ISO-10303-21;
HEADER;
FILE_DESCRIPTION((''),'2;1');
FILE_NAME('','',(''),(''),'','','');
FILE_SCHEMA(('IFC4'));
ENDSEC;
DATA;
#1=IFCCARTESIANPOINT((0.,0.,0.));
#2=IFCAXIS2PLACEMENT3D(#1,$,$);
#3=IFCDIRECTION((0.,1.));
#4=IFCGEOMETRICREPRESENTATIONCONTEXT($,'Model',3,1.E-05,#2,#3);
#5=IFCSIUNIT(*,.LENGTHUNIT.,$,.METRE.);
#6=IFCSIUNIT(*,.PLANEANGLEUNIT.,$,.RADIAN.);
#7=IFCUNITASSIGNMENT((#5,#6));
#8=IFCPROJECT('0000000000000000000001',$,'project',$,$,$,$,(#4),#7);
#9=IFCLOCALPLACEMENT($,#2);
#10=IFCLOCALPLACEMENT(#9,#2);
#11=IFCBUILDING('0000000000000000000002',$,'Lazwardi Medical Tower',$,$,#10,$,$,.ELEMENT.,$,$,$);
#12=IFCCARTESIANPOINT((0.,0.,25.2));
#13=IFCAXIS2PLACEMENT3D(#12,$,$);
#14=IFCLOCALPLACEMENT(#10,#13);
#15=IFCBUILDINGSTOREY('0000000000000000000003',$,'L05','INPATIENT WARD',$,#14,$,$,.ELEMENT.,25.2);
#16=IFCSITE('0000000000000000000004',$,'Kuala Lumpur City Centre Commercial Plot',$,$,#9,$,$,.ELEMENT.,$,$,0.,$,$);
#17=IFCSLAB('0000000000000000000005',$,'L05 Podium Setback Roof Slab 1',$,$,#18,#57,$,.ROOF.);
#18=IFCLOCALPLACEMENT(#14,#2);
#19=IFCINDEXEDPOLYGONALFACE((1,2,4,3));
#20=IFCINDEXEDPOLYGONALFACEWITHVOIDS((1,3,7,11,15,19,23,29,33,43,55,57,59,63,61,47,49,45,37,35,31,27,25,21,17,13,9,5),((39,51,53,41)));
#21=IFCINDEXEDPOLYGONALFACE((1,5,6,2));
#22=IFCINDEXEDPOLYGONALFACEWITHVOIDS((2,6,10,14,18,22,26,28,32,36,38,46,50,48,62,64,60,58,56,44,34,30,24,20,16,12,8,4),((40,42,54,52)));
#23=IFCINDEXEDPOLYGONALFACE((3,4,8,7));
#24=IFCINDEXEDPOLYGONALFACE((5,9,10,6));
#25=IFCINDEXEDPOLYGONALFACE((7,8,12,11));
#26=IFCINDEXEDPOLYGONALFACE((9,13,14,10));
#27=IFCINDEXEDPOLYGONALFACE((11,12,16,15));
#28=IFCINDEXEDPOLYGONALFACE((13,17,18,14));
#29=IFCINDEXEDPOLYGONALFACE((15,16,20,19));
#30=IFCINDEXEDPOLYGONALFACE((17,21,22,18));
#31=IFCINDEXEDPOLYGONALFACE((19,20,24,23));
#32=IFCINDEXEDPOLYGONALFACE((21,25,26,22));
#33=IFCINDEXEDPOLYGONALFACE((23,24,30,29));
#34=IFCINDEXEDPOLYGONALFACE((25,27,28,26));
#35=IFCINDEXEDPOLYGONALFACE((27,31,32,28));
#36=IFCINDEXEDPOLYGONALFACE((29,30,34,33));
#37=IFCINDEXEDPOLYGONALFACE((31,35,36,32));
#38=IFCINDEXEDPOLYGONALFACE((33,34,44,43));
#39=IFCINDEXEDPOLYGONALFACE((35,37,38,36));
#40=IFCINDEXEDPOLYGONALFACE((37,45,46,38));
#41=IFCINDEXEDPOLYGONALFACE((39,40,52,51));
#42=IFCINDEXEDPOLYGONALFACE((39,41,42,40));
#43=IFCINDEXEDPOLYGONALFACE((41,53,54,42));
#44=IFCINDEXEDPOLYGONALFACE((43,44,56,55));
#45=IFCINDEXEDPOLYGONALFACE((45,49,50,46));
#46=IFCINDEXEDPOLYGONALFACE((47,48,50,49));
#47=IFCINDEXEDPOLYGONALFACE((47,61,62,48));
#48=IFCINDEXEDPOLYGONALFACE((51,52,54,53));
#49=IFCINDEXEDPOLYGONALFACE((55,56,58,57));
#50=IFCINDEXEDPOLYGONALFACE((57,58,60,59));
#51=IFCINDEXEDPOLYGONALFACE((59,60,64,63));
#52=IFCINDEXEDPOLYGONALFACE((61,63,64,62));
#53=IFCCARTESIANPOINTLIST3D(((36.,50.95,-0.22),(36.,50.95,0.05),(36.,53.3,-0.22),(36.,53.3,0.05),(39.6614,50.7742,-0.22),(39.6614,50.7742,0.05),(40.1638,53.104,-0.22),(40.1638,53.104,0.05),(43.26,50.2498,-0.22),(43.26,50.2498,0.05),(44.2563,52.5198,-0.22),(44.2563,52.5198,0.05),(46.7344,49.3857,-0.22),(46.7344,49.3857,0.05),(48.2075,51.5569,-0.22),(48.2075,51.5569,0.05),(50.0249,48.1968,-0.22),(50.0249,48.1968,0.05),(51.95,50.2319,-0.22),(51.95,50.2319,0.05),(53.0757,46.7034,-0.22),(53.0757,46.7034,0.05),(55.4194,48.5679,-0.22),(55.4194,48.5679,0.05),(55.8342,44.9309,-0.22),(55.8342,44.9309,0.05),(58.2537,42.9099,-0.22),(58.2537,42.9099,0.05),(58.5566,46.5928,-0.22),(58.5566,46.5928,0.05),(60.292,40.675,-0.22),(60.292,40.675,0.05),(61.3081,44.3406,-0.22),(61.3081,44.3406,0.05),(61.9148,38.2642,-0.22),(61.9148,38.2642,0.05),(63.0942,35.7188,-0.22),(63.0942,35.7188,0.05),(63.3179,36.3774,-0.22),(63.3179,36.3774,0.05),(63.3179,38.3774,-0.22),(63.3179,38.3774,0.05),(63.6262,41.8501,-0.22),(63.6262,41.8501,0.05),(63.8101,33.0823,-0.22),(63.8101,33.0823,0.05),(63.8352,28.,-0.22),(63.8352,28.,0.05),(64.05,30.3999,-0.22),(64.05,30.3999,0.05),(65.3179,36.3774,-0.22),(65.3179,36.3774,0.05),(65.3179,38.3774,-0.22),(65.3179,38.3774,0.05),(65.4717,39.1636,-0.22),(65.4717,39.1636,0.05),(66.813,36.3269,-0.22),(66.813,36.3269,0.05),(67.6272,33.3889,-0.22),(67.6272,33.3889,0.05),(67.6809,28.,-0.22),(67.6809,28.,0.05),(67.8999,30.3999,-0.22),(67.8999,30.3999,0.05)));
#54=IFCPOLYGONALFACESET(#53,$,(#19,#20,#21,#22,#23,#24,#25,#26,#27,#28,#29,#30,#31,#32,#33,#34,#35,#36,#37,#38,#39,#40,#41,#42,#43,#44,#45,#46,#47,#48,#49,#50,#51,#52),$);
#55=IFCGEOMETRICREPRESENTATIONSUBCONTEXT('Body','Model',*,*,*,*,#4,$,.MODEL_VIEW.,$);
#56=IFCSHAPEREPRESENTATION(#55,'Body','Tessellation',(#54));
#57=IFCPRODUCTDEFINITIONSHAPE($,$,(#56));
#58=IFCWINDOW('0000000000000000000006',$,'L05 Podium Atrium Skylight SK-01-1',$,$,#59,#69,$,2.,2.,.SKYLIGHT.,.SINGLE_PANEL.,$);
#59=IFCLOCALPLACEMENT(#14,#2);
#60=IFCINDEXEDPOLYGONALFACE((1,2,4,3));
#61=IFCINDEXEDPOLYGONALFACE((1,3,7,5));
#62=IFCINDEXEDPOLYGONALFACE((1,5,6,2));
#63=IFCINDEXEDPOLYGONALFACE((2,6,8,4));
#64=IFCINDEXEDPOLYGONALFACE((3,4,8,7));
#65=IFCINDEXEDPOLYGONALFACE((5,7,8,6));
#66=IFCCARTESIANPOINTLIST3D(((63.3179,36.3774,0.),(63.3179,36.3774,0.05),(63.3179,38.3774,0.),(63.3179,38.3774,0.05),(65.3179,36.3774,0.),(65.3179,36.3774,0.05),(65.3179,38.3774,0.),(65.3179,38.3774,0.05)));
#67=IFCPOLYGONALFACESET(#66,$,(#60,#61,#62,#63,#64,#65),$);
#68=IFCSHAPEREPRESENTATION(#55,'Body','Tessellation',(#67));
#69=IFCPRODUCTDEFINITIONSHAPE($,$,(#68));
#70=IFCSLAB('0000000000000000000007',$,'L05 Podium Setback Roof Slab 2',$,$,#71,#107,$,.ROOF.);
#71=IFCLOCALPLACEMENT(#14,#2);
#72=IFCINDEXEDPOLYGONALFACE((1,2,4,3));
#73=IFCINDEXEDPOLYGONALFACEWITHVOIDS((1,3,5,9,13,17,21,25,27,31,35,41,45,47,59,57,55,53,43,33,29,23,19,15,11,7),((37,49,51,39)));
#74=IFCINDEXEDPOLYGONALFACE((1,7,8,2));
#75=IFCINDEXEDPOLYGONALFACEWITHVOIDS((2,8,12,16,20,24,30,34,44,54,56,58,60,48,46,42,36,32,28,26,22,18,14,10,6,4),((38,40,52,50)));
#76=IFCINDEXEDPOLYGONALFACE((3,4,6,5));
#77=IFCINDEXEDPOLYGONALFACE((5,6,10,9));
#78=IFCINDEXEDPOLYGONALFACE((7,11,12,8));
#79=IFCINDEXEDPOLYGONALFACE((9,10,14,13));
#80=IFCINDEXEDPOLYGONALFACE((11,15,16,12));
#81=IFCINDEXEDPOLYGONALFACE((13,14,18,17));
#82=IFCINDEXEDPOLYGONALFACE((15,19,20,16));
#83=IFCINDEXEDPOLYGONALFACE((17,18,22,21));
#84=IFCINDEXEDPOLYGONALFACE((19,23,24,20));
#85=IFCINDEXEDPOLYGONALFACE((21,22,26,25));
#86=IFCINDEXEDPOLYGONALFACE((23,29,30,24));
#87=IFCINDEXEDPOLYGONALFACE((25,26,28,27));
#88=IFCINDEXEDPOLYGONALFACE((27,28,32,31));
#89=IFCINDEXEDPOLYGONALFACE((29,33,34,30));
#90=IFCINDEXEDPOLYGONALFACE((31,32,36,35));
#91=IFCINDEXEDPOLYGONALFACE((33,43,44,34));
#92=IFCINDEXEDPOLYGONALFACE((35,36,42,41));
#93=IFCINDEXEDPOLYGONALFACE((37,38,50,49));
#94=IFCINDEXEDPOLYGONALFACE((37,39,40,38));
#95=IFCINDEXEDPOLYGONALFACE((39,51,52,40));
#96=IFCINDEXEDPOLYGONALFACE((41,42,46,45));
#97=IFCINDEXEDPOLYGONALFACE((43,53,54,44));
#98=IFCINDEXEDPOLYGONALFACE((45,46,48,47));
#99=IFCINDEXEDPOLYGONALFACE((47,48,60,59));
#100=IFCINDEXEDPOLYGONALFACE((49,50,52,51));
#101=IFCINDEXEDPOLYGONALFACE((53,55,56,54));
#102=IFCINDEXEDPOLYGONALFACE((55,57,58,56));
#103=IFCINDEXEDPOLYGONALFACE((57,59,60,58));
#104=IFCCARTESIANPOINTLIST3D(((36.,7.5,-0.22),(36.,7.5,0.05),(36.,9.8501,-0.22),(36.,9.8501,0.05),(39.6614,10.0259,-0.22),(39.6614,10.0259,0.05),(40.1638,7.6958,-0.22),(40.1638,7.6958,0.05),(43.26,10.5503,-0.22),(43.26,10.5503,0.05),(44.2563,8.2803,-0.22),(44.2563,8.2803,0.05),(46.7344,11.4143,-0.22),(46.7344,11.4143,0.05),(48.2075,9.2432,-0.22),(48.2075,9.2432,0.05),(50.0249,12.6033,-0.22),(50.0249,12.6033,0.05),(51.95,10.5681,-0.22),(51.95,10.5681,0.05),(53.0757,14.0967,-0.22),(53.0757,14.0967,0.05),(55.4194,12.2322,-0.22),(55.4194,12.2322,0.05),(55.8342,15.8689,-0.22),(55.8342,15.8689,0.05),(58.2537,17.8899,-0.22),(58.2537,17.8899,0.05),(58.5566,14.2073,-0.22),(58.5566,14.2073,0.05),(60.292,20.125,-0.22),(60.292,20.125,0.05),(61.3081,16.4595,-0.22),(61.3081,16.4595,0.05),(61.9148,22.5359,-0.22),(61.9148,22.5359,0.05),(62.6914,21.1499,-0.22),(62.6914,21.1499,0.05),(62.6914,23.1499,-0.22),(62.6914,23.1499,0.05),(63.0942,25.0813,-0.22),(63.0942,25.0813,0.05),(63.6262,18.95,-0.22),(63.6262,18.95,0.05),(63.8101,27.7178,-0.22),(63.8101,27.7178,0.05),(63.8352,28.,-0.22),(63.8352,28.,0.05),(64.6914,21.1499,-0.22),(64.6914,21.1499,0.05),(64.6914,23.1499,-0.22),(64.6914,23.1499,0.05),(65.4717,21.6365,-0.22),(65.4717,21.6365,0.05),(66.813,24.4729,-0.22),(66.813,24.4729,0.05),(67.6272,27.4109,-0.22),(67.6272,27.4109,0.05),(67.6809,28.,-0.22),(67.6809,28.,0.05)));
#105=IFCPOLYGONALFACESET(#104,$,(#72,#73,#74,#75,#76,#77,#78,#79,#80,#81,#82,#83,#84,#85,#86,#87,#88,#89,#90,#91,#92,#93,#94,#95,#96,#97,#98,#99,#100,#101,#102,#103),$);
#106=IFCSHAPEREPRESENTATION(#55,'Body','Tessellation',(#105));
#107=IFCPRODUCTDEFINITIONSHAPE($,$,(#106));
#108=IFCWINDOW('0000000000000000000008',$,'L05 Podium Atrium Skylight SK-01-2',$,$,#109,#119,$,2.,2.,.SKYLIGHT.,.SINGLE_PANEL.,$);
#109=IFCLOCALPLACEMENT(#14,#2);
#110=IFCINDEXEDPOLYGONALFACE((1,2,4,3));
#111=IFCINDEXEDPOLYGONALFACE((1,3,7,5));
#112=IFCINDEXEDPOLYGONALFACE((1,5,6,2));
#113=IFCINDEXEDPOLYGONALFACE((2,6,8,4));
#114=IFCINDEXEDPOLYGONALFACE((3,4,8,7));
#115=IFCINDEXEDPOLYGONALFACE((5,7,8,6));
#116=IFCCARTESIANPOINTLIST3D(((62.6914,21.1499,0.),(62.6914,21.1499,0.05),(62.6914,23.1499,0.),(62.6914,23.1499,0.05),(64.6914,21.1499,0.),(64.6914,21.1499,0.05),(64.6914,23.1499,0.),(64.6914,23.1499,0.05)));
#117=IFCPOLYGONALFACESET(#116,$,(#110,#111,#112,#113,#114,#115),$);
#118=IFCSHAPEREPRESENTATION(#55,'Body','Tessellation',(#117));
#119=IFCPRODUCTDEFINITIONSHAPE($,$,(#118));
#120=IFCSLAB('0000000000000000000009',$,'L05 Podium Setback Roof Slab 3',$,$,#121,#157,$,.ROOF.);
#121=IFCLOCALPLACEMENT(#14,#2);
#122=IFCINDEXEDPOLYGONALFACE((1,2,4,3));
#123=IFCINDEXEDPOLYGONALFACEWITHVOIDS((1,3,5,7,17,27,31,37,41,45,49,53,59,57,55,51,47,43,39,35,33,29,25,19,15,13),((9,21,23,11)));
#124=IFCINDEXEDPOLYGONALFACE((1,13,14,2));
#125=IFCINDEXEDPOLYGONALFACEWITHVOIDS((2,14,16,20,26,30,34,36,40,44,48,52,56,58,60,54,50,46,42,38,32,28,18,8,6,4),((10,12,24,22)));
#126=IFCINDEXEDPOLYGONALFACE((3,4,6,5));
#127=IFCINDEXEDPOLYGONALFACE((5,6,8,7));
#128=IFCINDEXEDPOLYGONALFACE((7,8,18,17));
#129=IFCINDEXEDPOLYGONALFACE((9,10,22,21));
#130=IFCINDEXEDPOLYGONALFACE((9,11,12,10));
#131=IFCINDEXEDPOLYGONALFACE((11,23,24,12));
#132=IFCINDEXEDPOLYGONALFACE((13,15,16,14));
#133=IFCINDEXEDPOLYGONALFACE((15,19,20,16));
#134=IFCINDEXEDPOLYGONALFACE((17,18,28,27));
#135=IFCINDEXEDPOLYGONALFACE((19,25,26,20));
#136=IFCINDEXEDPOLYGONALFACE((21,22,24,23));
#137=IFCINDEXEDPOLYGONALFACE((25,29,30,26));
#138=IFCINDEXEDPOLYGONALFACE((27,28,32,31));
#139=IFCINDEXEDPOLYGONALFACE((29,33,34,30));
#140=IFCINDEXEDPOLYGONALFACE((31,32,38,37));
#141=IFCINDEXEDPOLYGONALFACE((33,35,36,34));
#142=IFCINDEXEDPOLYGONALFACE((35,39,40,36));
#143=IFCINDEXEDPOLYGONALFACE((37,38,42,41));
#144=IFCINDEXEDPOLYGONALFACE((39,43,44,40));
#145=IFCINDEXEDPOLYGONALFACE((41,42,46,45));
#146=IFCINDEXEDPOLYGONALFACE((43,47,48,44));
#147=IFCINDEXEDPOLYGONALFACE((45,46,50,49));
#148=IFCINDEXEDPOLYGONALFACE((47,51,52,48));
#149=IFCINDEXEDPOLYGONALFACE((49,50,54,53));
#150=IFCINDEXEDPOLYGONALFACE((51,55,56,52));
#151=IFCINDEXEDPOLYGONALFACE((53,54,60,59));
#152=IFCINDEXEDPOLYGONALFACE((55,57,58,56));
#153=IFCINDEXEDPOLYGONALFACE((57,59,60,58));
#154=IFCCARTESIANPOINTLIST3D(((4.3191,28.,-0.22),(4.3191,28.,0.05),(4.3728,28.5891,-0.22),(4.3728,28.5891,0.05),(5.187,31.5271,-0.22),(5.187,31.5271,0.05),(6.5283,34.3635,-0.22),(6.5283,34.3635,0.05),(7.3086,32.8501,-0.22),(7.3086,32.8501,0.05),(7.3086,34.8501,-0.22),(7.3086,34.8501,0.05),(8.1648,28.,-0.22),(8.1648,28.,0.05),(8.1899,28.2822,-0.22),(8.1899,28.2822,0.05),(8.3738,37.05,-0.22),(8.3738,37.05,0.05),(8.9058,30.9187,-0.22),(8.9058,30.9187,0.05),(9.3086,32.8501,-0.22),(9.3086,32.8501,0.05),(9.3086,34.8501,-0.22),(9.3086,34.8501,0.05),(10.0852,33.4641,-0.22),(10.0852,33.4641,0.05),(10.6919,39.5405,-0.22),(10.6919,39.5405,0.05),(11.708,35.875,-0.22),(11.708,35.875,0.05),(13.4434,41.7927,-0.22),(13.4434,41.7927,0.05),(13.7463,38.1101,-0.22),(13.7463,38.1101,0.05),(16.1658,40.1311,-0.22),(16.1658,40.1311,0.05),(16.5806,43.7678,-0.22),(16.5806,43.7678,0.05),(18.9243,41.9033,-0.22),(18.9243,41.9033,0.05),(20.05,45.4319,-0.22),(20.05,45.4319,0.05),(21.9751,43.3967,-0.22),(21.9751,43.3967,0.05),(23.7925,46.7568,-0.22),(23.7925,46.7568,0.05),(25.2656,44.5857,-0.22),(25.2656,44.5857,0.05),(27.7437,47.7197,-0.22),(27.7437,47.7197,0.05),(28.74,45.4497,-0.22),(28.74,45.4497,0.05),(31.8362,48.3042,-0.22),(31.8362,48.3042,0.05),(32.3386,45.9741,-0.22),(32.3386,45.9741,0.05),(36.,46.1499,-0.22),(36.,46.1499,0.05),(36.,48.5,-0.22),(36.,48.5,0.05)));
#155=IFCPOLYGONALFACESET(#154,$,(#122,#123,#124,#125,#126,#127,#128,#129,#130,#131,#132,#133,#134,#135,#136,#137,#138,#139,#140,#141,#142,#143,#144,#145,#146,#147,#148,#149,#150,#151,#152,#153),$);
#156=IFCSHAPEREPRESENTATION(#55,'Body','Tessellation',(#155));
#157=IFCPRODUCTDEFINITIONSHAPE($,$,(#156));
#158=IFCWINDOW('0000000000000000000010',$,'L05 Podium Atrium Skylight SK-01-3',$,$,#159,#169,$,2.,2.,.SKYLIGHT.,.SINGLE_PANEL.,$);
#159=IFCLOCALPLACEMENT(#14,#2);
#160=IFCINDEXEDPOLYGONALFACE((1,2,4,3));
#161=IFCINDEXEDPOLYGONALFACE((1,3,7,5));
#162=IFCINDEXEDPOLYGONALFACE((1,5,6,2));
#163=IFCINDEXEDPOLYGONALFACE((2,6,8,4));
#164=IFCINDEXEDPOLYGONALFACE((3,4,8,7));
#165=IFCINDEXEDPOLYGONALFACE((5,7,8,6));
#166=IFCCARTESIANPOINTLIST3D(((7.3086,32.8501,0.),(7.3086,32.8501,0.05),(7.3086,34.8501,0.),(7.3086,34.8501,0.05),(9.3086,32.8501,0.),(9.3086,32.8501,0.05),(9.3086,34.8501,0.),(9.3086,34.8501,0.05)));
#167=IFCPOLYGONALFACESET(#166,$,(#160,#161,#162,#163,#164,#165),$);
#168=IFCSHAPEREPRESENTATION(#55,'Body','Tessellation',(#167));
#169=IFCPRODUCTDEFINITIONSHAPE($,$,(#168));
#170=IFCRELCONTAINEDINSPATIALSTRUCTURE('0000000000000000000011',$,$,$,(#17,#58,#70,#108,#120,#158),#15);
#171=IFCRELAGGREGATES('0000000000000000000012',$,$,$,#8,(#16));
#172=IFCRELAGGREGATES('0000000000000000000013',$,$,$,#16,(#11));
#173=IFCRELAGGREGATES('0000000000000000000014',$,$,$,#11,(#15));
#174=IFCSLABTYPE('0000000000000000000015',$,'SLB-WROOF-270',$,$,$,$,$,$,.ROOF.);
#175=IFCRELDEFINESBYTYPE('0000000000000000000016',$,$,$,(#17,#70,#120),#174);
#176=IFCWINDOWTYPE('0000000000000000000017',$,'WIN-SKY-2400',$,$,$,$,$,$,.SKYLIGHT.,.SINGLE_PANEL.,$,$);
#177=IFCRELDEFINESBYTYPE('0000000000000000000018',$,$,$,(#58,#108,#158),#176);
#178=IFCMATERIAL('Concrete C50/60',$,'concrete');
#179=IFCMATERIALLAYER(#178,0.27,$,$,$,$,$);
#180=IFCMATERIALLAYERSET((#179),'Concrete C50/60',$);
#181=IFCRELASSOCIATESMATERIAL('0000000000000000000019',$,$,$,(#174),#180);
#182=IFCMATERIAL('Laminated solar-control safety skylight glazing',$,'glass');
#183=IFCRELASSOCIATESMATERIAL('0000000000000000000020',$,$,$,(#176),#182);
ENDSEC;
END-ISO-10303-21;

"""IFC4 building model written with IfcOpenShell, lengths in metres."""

from ifc_helpers import new_model, si_unit, direction, frame, origin, origin_2d, place, context, subcontext, project, spatial, polyline, rectangle, outline, extrude, material, layer, layer_set, type_object, element, fill, save


model = new_model("IFC4")

# Units and contexts
model_context = context("Model", 3, precision=1e-05, world=origin(), true_north=direction((0.0, 1.0)))
body_context = subcontext(model_context, "Body", "Model", "MODEL_VIEW")
ifc_project = project(units=[si_unit("LENGTHUNIT", "METRE"), si_unit("PLANEANGLEUNIT", "RADIAN")], contexts=[model_context])

# Site, building, storey
site_placement = place(None, origin())
site = spatial("IfcSite", under=ifc_project, at=site_placement, Name="Kuala Lumpur City Centre Commercial Plot", CompositionType="ELEMENT", RefElevation=0.0)
building_placement = place(site_placement, origin())
building = spatial("IfcBuilding", under=site, at=building_placement, Name="Lazwardi Medical Tower", CompositionType="ELEMENT")
storey_placement = place(building_placement, frame((0.0, 0.0, 25.2)))
storey = spatial("IfcBuildingStorey", under=building, at=storey_placement, Name="L05", Description="INPATIENT WARD", CompositionType="ELEMENT", Elevation=25.2)

# Shared definitions
ifc_material_1 = material(Name="Concrete C50/60", Category="concrete")

# Slabs, openings, windows
ifc_layer_1 = layer(ifc_material_1, 0.27)
ifc_layer_set_1 = layer_set([ifc_layer_1], Name="Concrete C50/60")
slab_type_1 = type_object("IfcSlabType", Name="SLB-WROOF-270", PredefinedType="ROOF", material=ifc_layer_set_1)
slab_1_placement = place(storey_placement, frame((0.0, 0.0, -0.22)))
slab_1 = element("IfcSlab", 1, at=slab_1_placement, inside=storey, type_object=slab_type_1, Name="L05 Podium Setback Roof Slab 1", PredefinedType="ROOF", context=body_context, shape_type="SweptSolid", body=[
    extrude(outline(polyline([(36.0, 53.3), (36.0, 50.95), (39.6614, 50.7742), (43.26, 50.2498), (46.7344, 49.3857), (50.0249, 48.1968), (53.0757, 46.7034), (55.8342, 44.9309), (58.2537, 42.9099), (60.292, 40.675), (61.9148, 38.2642), (63.0942, 35.7188), (63.8101, 33.0823), (64.05, 30.3999), (63.8352, 28.0), (67.6809, 28.0), (67.8999, 30.3999), (67.6272, 33.3889), (66.813, 36.3269), (65.4717, 39.1636), (63.6262, 41.8501), (61.3081, 44.3406), (58.5566, 46.5928), (55.4194, 48.5679), (51.95, 50.2319), (48.2075, 51.5569), (44.2563, 52.5198), (40.1638, 53.104), (36.0, 53.3)])), origin(), (0.0, 0.0, 1.0), 0.27),
])
opening_1_placement = place(slab_1_placement, frame((64.3179, 37.3774, 0.0)))
opening_1 = element("IfcOpeningElement", 2, at=opening_1_placement, cuts=slab_1, PredefinedType="OPENING", context=body_context, shape_type="SweptSolid", body=[
    extrude(rectangle(XDim=2.0, YDim=2.0, at=origin_2d()), origin(), (0.0, 0.0, 1.0), 0.27),
])
ifc_material_2 = material(Name="Laminated solar-control safety skylight glazing", Category="glass")
window_type = type_object("IfcWindowType", Name="WIN-SKY-2400", PartitioningType="SINGLE_PANEL", PredefinedType="SKYLIGHT", material=ifc_material_2)
window_1_placement = place(opening_1_placement, frame((0.0, 0.0, 0.22)))
window_1 = element("IfcWindow", 3, at=window_1_placement, inside=storey, type_object=window_type, Name="L05 Podium Atrium Skylight SK-01-1", OverallHeight=2.0, OverallWidth=2.0, PartitioningType="SINGLE_PANEL", PredefinedType="SKYLIGHT", context=body_context, shape_type="SweptSolid", body=[
    extrude(rectangle(XDim=2.0, YDim=2.0, at=origin_2d()), origin(), (0.0, 0.0, 1.0), 0.05),
])
fill(opening_1, window_1)
slab_2_placement = place(storey_placement, frame((0.0, 0.0, -0.22)))
slab_2 = element("IfcSlab", 4, at=slab_2_placement, inside=storey, type_object=slab_type_1, Name="L05 Podium Setback Roof Slab 2", PredefinedType="ROOF", context=body_context, shape_type="SweptSolid", body=[
    extrude(outline(polyline([(67.6809, 28.0), (63.8352, 28.0), (63.8101, 27.7178), (63.0942, 25.0813), (61.9148, 22.5359), (60.292, 20.125), (58.2537, 17.8899), (55.8342, 15.8689), (53.0757, 14.0967), (50.0249, 12.6033), (46.7344, 11.4143), (43.26, 10.5503), (39.6614, 10.0259), (36.0, 9.8501), (36.0, 7.5), (40.1638, 7.6958), (44.2563, 8.2803), (48.2075, 9.2432), (51.95, 10.5681), (55.4194, 12.2322), (58.5566, 14.2073), (61.3081, 16.4595), (63.6262, 18.95), (65.4717, 21.6365), (66.813, 24.4729), (67.6272, 27.4109), (67.6809, 28.0)])), origin(), (0.0, 0.0, 1.0), 0.27),
])
opening_2_placement = place(slab_2_placement, frame((63.6914, 22.1499, 0.0)))
opening_2 = element("IfcOpeningElement", 5, at=opening_2_placement, cuts=slab_2, PredefinedType="OPENING", context=body_context, shape_type="SweptSolid", body=[
    extrude(rectangle(XDim=2.0, YDim=2.0, at=origin_2d()), origin(), (0.0, 0.0, 1.0), 0.27),
])
window_2_placement = place(opening_2_placement, frame((0.0, 0.0, 0.22)))
window_2 = element("IfcWindow", 6, at=window_2_placement, inside=storey, type_object=window_type, Name="L05 Podium Atrium Skylight SK-01-2", OverallHeight=2.0, OverallWidth=2.0, PartitioningType="SINGLE_PANEL", PredefinedType="SKYLIGHT", context=body_context, shape_type="SweptSolid", body=[
    extrude(rectangle(XDim=2.0, YDim=2.0, at=origin_2d()), origin(), (0.0, 0.0, 1.0), 0.05),
])
fill(opening_2, window_2)
slab_3_placement = place(storey_placement, frame((0.0, 0.0, -0.22)))
slab_3 = element("IfcSlab", 7, at=slab_3_placement, inside=storey, type_object=slab_type_1, Name="L05 Podium Setback Roof Slab 3", PredefinedType="ROOF", context=body_context, shape_type="SweptSolid", body=[
    extrude(outline(polyline([(4.3191, 28.0), (8.1648, 28.0), (8.1899, 28.2822), (8.9058, 30.9187), (10.0852, 33.4641), (11.708, 35.875), (13.7463, 38.1101), (16.1658, 40.1311), (18.9243, 41.9033), (21.9751, 43.3967), (25.2656, 44.5857), (28.74, 45.4497), (32.3386, 45.9741), (36.0, 46.1499), (36.0, 48.5), (31.8362, 48.3042), (27.7437, 47.7197), (23.7925, 46.7568), (20.05, 45.4319), (16.5806, 43.7678), (13.4434, 41.7927), (10.6919, 39.5405), (8.3738, 37.05), (6.5283, 34.3635), (5.187, 31.5271), (4.3728, 28.5891), (4.3191, 28.0)])), origin(), (0.0, 0.0, 1.0), 0.27),
])
opening_3_placement = place(slab_3_placement, frame((8.3086, 33.8501, 0.0)))
opening_3 = element("IfcOpeningElement", 8, at=opening_3_placement, cuts=slab_3, PredefinedType="OPENING", context=body_context, shape_type="SweptSolid", body=[
    extrude(rectangle(XDim=2.0, YDim=2.0, at=origin_2d()), origin(), (0.0, 0.0, 1.0), 0.27),
])
window_3_placement = place(opening_3_placement, frame((0.0, 0.0, 0.22)))
window_3 = element("IfcWindow", 9, at=window_3_placement, inside=storey, type_object=window_type, Name="L05 Podium Atrium Skylight SK-01-3", OverallHeight=2.0, OverallWidth=2.0, PartitioningType="SINGLE_PANEL", PredefinedType="SKYLIGHT", context=body_context, shape_type="SweptSolid", body=[
    extrude(rectangle(XDim=2.0, YDim=2.0, at=origin_2d()), origin(), (0.0, 0.0, 1.0), 0.05),
])
fill(opening_3, window_3)

save(model, "model.ifc")
